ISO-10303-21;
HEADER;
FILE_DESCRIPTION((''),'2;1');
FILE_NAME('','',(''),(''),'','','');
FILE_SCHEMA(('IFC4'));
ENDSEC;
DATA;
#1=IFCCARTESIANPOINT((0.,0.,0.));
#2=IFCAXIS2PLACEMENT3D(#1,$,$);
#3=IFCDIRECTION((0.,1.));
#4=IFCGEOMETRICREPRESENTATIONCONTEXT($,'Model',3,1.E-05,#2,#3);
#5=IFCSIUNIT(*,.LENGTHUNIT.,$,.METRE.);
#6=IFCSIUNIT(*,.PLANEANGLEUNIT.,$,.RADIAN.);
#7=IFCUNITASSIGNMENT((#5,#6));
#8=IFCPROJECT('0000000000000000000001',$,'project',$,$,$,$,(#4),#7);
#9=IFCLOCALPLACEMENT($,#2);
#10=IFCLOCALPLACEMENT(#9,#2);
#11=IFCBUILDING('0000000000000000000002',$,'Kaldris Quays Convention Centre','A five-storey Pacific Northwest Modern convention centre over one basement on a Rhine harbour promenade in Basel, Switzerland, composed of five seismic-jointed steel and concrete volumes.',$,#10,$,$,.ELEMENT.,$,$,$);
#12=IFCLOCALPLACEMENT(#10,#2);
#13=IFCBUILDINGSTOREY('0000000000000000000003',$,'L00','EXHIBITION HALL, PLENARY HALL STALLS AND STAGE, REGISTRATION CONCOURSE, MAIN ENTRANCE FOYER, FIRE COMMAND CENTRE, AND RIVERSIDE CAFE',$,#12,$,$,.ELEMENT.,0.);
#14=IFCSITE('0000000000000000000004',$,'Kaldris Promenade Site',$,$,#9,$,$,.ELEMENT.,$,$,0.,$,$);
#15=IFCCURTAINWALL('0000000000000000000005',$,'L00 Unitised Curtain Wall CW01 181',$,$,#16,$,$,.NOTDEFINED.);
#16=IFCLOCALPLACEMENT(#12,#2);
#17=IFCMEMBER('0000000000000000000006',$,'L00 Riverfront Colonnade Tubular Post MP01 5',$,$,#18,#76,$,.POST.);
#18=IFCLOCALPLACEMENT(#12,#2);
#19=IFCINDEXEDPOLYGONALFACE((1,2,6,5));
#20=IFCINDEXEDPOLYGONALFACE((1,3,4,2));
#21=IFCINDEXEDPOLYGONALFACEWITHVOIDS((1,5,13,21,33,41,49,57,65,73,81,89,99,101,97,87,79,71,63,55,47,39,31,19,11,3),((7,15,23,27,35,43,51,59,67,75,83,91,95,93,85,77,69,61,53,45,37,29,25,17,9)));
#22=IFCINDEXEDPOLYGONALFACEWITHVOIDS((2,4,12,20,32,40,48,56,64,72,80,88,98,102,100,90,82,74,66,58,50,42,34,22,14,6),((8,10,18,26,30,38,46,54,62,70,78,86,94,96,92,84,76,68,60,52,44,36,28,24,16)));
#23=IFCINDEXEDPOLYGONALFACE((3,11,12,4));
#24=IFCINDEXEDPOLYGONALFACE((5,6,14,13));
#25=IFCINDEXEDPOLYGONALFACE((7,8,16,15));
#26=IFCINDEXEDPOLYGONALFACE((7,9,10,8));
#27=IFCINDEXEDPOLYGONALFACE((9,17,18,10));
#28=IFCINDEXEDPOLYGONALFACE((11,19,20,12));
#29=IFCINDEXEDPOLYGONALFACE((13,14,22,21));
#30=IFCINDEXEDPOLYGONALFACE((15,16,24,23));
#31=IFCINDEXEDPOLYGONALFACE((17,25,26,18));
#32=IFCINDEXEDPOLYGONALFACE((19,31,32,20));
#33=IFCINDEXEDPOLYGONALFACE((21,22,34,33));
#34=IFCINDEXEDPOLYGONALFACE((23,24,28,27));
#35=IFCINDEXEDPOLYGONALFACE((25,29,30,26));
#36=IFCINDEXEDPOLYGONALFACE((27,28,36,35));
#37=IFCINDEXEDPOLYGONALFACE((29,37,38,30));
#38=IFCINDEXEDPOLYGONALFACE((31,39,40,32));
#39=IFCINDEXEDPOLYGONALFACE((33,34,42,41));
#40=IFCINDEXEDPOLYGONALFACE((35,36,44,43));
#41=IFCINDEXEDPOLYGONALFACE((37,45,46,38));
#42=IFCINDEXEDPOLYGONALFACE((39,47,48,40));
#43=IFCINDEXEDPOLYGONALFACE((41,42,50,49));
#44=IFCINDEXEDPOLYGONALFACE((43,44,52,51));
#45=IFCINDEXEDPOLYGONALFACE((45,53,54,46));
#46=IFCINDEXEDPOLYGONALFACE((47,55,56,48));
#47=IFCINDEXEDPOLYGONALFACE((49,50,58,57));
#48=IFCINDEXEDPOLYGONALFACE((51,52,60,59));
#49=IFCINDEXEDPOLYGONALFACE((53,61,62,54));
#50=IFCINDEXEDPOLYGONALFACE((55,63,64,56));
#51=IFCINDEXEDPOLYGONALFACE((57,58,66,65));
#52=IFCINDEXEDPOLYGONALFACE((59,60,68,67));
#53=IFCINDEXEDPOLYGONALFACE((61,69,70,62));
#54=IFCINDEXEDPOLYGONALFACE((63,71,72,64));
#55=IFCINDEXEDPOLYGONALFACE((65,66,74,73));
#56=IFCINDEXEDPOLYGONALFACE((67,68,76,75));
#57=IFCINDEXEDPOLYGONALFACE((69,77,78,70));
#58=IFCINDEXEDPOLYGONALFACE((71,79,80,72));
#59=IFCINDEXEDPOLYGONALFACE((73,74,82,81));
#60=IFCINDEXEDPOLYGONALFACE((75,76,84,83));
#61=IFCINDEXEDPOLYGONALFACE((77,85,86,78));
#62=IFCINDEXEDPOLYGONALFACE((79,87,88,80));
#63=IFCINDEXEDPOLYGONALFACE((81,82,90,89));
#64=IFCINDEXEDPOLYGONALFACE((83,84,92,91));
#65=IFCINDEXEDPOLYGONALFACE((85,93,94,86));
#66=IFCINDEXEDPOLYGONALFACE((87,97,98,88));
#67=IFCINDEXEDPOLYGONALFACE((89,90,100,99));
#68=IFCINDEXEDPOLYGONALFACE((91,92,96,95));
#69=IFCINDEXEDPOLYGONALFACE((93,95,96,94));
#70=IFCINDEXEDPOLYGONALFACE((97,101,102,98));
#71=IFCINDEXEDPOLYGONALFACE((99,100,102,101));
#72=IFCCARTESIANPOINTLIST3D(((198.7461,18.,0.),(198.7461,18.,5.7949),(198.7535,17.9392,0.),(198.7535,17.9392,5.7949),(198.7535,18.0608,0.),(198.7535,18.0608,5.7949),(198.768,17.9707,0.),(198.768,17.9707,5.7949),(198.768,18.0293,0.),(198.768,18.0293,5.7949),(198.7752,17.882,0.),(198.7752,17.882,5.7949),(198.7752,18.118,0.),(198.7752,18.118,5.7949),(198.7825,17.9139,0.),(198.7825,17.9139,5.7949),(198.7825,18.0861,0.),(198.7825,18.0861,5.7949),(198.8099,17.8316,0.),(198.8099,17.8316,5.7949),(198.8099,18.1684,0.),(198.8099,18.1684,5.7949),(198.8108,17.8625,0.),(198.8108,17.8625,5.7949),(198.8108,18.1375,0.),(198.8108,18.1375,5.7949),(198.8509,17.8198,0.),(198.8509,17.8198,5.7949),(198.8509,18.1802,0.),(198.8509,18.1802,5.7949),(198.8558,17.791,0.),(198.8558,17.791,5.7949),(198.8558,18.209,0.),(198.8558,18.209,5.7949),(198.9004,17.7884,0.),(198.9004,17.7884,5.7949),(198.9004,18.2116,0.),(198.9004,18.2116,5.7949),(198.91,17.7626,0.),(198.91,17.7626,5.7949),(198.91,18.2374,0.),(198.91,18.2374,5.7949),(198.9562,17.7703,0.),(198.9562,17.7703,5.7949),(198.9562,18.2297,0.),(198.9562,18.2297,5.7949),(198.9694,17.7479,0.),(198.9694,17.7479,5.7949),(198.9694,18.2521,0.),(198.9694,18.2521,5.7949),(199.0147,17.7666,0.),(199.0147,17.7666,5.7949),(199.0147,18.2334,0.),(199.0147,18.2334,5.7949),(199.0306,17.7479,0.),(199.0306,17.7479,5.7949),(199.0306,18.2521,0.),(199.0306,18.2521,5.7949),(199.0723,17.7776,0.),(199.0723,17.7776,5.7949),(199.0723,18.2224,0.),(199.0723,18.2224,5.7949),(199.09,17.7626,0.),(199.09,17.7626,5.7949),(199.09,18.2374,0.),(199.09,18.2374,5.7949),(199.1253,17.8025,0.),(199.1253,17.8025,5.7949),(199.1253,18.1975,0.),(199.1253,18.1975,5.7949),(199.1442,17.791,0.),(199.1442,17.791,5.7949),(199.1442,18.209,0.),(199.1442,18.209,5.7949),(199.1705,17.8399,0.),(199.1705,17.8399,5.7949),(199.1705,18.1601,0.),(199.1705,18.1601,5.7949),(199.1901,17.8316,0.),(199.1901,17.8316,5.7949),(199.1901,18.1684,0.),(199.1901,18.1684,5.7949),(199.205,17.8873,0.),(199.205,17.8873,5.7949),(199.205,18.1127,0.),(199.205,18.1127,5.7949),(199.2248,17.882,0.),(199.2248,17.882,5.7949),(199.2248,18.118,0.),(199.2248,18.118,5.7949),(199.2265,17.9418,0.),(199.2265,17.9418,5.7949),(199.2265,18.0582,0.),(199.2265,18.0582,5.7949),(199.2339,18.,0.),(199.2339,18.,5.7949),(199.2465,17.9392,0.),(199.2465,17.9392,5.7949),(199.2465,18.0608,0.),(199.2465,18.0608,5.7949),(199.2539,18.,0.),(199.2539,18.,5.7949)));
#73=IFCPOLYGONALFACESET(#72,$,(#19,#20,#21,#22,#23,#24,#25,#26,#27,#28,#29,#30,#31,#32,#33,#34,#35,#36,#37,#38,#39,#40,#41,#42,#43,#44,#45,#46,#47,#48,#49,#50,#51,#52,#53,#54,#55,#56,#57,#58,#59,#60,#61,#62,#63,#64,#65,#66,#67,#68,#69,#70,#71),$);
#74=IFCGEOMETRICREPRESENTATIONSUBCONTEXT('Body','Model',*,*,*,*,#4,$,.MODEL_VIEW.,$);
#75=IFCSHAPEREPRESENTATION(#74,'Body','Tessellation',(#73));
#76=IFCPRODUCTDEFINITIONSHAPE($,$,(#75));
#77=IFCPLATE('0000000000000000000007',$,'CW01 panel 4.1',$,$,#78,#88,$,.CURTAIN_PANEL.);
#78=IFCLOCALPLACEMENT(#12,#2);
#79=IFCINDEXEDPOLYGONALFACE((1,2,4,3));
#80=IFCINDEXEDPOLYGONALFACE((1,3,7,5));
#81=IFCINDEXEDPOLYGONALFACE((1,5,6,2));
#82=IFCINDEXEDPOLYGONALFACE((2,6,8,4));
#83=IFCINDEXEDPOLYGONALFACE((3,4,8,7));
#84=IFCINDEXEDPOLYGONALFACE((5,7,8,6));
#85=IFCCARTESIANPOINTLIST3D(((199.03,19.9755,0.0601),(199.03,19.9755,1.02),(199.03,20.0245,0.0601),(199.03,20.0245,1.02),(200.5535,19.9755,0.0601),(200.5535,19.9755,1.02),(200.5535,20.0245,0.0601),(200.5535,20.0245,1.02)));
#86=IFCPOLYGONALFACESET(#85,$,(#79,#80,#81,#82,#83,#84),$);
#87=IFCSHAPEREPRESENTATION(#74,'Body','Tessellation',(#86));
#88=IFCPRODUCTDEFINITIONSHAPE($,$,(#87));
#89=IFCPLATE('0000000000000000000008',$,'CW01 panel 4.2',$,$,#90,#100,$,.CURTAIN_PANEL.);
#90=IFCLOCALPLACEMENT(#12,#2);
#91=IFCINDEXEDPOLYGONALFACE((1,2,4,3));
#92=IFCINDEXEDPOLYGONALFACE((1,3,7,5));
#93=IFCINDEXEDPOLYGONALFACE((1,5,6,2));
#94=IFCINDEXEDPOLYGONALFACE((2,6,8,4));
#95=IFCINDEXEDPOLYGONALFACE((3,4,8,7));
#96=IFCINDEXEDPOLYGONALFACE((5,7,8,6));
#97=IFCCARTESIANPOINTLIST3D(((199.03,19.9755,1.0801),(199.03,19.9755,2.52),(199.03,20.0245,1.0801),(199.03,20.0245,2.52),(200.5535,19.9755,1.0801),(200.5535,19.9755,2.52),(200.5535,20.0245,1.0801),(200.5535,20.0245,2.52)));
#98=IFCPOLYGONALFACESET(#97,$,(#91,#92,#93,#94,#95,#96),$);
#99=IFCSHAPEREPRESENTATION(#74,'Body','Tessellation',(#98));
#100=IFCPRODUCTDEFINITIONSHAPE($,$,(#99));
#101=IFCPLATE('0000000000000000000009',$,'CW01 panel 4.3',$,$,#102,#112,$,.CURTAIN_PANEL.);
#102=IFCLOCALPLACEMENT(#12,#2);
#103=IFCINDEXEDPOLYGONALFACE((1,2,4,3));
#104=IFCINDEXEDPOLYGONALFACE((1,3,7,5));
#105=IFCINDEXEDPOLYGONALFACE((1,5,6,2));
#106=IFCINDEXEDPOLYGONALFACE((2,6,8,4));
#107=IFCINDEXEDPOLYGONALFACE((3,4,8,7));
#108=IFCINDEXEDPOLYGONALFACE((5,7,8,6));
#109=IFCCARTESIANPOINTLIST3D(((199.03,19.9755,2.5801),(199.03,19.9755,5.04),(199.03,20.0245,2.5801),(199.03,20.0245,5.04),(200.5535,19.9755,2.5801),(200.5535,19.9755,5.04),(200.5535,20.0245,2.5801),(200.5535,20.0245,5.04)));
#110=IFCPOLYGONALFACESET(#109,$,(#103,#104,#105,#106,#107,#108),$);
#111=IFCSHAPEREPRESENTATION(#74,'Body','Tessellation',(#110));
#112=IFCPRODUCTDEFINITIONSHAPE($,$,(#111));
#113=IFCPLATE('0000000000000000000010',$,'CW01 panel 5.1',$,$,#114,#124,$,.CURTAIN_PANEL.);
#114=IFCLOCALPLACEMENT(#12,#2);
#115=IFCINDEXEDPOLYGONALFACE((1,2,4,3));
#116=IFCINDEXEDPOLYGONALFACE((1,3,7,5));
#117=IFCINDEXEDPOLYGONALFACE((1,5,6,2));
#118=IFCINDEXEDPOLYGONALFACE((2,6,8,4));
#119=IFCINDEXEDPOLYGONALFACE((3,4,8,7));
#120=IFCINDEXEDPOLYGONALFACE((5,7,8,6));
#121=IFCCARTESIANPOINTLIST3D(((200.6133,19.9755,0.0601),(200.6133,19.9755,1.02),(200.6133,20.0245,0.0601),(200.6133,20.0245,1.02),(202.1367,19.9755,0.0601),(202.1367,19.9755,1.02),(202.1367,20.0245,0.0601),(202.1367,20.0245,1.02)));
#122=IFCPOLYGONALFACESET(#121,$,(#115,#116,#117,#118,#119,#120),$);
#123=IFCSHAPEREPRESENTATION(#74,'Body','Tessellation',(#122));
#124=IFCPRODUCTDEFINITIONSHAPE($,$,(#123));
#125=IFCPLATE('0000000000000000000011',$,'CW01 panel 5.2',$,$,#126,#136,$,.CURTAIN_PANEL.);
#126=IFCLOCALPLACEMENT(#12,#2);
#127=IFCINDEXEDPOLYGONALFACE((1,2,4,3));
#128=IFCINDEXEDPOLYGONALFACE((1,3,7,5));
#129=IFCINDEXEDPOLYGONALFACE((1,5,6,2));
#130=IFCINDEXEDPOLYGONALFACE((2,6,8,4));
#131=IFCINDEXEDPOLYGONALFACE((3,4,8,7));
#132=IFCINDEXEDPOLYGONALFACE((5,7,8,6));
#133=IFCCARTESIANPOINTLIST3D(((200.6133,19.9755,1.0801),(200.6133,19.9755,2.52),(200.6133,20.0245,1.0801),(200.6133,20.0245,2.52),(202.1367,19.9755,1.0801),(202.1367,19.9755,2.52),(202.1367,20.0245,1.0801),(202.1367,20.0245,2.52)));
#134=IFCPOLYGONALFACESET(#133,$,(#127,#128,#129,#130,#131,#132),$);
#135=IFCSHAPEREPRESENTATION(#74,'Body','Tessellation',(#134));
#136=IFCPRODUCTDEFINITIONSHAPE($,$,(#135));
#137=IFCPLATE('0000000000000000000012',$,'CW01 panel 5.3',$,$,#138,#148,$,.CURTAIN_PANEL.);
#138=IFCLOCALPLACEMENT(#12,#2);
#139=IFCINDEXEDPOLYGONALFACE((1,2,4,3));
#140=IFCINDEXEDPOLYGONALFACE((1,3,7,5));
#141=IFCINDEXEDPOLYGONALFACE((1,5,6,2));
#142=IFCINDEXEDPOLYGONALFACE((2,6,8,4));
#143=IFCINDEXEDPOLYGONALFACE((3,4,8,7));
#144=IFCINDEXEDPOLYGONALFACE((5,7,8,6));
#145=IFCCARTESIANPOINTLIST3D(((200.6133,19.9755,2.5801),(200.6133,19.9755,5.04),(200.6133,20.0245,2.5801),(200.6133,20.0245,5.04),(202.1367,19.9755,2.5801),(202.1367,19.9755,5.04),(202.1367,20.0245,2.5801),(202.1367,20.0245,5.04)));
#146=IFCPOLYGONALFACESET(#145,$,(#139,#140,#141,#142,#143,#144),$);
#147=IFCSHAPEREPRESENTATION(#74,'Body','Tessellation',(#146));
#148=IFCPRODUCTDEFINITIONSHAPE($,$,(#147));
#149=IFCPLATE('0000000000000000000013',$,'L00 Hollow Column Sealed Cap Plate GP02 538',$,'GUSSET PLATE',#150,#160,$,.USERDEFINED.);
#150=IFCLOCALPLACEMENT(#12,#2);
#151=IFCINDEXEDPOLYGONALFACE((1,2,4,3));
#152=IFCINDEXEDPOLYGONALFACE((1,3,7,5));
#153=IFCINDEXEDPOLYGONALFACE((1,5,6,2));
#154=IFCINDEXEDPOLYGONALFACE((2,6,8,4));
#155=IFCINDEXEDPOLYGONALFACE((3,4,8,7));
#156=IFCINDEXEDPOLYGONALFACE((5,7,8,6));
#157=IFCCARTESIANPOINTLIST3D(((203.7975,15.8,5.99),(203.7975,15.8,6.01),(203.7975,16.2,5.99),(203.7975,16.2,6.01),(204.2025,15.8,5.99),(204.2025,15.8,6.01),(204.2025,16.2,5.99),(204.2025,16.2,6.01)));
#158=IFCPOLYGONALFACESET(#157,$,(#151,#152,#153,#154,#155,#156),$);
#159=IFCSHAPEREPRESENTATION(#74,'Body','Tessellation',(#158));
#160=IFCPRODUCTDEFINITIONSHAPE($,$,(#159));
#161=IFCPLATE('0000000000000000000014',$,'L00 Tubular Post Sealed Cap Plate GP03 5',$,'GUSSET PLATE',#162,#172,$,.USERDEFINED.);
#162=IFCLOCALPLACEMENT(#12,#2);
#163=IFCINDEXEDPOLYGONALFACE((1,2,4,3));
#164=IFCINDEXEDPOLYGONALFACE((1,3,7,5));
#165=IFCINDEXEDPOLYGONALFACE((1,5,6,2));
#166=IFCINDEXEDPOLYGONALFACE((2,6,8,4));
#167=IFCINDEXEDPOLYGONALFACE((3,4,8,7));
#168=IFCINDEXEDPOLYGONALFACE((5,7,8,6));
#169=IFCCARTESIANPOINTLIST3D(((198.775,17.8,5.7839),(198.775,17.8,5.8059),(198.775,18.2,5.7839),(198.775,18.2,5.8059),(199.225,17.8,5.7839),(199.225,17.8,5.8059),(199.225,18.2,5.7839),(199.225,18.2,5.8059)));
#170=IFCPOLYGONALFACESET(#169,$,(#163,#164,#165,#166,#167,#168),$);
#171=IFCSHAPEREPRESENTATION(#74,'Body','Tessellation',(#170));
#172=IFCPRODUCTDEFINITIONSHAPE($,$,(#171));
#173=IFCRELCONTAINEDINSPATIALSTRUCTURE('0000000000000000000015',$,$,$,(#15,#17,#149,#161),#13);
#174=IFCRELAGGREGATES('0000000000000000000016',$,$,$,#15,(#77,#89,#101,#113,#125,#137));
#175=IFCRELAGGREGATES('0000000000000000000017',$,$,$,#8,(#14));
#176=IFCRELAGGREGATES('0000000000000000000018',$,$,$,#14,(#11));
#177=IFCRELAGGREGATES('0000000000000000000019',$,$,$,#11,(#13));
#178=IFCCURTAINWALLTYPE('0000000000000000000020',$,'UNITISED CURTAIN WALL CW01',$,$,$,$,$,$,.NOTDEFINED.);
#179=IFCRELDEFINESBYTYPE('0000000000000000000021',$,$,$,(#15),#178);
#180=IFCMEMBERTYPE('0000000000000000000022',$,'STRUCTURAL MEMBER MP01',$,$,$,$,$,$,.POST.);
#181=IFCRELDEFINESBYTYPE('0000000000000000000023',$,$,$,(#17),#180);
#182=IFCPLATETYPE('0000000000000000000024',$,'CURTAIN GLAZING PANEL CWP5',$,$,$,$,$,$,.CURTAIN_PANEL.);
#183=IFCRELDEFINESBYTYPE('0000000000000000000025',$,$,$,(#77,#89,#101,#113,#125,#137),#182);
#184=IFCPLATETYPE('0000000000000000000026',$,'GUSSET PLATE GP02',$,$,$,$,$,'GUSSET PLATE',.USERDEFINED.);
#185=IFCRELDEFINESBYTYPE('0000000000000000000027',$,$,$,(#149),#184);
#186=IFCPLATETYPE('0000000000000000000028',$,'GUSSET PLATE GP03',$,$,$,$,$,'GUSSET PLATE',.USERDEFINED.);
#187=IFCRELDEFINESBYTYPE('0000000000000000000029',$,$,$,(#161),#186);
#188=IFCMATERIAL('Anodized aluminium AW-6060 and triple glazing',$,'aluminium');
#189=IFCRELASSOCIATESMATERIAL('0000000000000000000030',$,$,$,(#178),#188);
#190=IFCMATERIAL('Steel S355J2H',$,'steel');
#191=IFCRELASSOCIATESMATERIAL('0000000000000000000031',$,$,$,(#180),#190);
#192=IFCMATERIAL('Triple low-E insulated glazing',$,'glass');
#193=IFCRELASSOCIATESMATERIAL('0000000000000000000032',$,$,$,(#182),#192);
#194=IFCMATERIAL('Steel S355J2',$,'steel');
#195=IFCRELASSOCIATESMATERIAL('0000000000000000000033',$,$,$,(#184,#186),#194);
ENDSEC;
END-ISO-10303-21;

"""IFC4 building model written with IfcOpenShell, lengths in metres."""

from ifc_helpers import new_model, si_unit, direction, frame, origin, origin_2d, place, context, subcontext, project, spatial, rectangle, hollow_circle, extrude, material, material_profile, profile_set, type_object, element, aggregate, save


model = new_model("IFC4")

# Units and contexts
model_context = context("Model", 3, precision=1e-05, world=origin(), true_north=direction((0.0, 1.0)))
body_context = subcontext(model_context, "Body", "Model", "MODEL_VIEW")
ifc_project = project(units=[si_unit("LENGTHUNIT", "METRE"), si_unit("PLANEANGLEUNIT", "RADIAN")], contexts=[model_context])

# Site, building, storey
site_placement = place(None, origin())
site = spatial("IfcSite", under=ifc_project, at=site_placement, Name="Kaldris Promenade Site", CompositionType="ELEMENT", RefElevation=0.0)
building_placement = place(site_placement, origin())
building = spatial("IfcBuilding", under=site, at=building_placement, Name="Kaldris Quays Convention Centre", Description="A five-storey Pacific Northwest Modern convention centre over one basement on a Rhine harbour promenade in Basel, Switzerland, composed of five seismic-jointed steel and concrete volumes.", CompositionType="ELEMENT")
storey_placement = place(building_placement, origin())
storey = spatial("IfcBuildingStorey", under=building, at=storey_placement, Name="L00", Description="EXHIBITION HALL, PLENARY HALL STALLS AND STAGE, REGISTRATION CONCOURSE, MAIN ENTRANCE FOYER, FIRE COMMAND CENTRE, AND RIVERSIDE CAFE", CompositionType="ELEMENT", Elevation=0.0)

# Shared definitions
ifc_material_1 = material(Name="Steel S355J2H", Category="steel")

# Curtain wall
ifc_material_2 = material(Name="Anodized aluminium AW-6060 and triple glazing", Category="aluminium")
curtain_wall_type = type_object("IfcCurtainWallType", Name="UNITISED CURTAIN WALL CW01", PredefinedType="NOTDEFINED", material=ifc_material_2)
curtain_wall_placement = place(storey_placement, origin())
curtain_wall = element("IfcCurtainWall", 1, at=curtain_wall_placement, inside=storey, type_object=curtain_wall_type, Name="L00 Unitised Curtain Wall CW01 181", PredefinedType="NOTDEFINED")

# Shared definitions
ifc_material_3 = material(Name="Steel S355J2", Category="steel")

# Member
ifc_material_profile_1 = material_profile(ifc_material_1, hollow_circle(Radius=0.2539, WallThickness=0.02, at=origin_2d()), Name="CHS 508x20")
ifc_profile_set_1 = profile_set([ifc_material_profile_1], Name="Steel S355J2H")
member_type_1 = type_object("IfcMemberType", Name="STRUCTURAL MEMBER MP01", PredefinedType="POST", material=ifc_profile_set_1)
member_1_placement = place(storey_placement, frame((199.0, 18.0, 0.0), z_axis=(0.0, 0.0, 1.0), x_axis=(1.0, 0.0, 0.0)))
element("IfcMember", 2, at=member_1_placement, inside=storey, type_object=member_type_1, Name="L00 Riverfront Colonnade Tubular Post MP01 5", PredefinedType="POST", context=body_context, shape_type="SweptSolid", body=[
    extrude(hollow_circle(Radius=0.2539, WallThickness=0.02, at=origin_2d()), origin(), (0.0, 0.0, 1.0), 5.7949),
])

# Plates
ifc_material_4 = material(Name="Triple low-E insulated glazing", Category="glass")
plate_type_1 = type_object("IfcPlateType", Name="CURTAIN GLAZING PANEL CWP5", PredefinedType="CURTAIN_PANEL", material=ifc_material_4)
plate_1_placement = place(storey_placement, frame((199.7917, 20.0, 0.0601), z_axis=(0.0, 0.0, 1.0), x_axis=(1.0, 0.0, 0.0)))
plate_1 = element("IfcPlate", 3, at=plate_1_placement, type_object=plate_type_1, Name="CW01 panel 4.1", PredefinedType="CURTAIN_PANEL", context=body_context, shape_type="SweptSolid", body=[
    extrude(rectangle(XDim=1.5234, YDim=0.0491, at=origin_2d()), origin(), (0.0, 0.0, 1.0), 0.96),
])
plate_2_placement = place(storey_placement, frame((199.7917, 20.0, 1.0801), z_axis=(0.0, 0.0, 1.0), x_axis=(1.0, 0.0, 0.0)))
plate_2 = element("IfcPlate", 4, at=plate_2_placement, type_object=plate_type_1, Name="CW01 panel 4.2", PredefinedType="CURTAIN_PANEL", context=body_context, shape_type="SweptSolid", body=[
    extrude(rectangle(XDim=1.5234, YDim=0.0491, at=origin_2d()), origin(), (0.0, 0.0, 1.0), 1.4399),
])
plate_3_placement = place(storey_placement, frame((199.7917, 20.0, 2.5801), z_axis=(0.0, 0.0, 1.0), x_axis=(1.0, 0.0, 0.0)))
plate_3 = element("IfcPlate", 5, at=plate_3_placement, type_object=plate_type_1, Name="CW01 panel 4.3", PredefinedType="CURTAIN_PANEL", context=body_context, shape_type="SweptSolid", body=[
    extrude(rectangle(XDim=1.5234, YDim=0.0491, at=origin_2d()), origin(), (0.0, 0.0, 1.0), 2.46),
])
plate_4_placement = place(storey_placement, frame((201.375, 20.0, 0.0601), z_axis=(0.0, 0.0, 1.0), x_axis=(1.0, 0.0, 0.0)))
plate_4 = element("IfcPlate", 6, at=plate_4_placement, type_object=plate_type_1, Name="CW01 panel 5.1", PredefinedType="CURTAIN_PANEL", context=body_context, shape_type="SweptSolid", body=[
    extrude(rectangle(XDim=1.5234, YDim=0.0491, at=origin_2d()), origin(), (0.0, 0.0, 1.0), 0.96),
])
plate_5_placement = place(storey_placement, frame((201.375, 20.0, 1.0801), z_axis=(0.0, 0.0, 1.0), x_axis=(1.0, 0.0, 0.0)))
plate_5 = element("IfcPlate", 7, at=plate_5_placement, type_object=plate_type_1, Name="CW01 panel 5.2", PredefinedType="CURTAIN_PANEL", context=body_context, shape_type="SweptSolid", body=[
    extrude(rectangle(XDim=1.5234, YDim=0.0491, at=origin_2d()), origin(), (0.0, 0.0, 1.0), 1.4399),
])
plate_6_placement = place(storey_placement, frame((201.375, 20.0, 2.5801), z_axis=(0.0, 0.0, 1.0), x_axis=(1.0, 0.0, 0.0)))
plate_6 = element("IfcPlate", 8, at=plate_6_placement, type_object=plate_type_1, Name="CW01 panel 5.3", PredefinedType="CURTAIN_PANEL", context=body_context, shape_type="SweptSolid", body=[
    extrude(rectangle(XDim=1.5234, YDim=0.0491, at=origin_2d()), origin(), (0.0, 0.0, 1.0), 2.46),
])
aggregate(curtain_wall, [plate_1, plate_2, plate_3, plate_4, plate_5, plate_6])

# Plates
plate_type_2 = type_object("IfcPlateType", Name="GUSSET PLATE GP02", ElementType="GUSSET PLATE", PredefinedType="USERDEFINED", material=ifc_material_3)
plate_7_placement = place(storey_placement, frame((204.0, 16.0, 5.99), z_axis=(0.0, 0.0, 1.0), x_axis=(1.0, 0.0, 0.0)))
element("IfcPlate", 9, at=plate_7_placement, inside=storey, type_object=plate_type_2, Name="L00 Hollow Column Sealed Cap Plate GP02 538", ObjectType="GUSSET PLATE", PredefinedType="USERDEFINED", context=body_context, shape_type="SweptSolid", body=[
    extrude(rectangle(XDim=0.405, YDim=0.3999, at=origin_2d()), origin(), (0.0, 0.0, 1.0), 0.02),
])
plate_type_3 = type_object("IfcPlateType", Name="GUSSET PLATE GP03", ElementType="GUSSET PLATE", PredefinedType="USERDEFINED", material=ifc_material_3)
plate_8_placement = place(storey_placement, frame((199.0, 18.0, 5.7839), z_axis=(0.0, 0.0, 1.0), x_axis=(1.0, 0.0, 0.0)))
element("IfcPlate", 10, at=plate_8_placement, inside=storey, type_object=plate_type_3, Name="L00 Tubular Post Sealed Cap Plate GP03 5", ObjectType="GUSSET PLATE", PredefinedType="USERDEFINED", context=body_context, shape_type="SweptSolid", body=[
    extrude(rectangle(XDim=0.45, YDim=0.3999, at=origin_2d()), origin(), (0.0, 0.0, 1.0), 0.022),
])

save(model, "model.ifc")
